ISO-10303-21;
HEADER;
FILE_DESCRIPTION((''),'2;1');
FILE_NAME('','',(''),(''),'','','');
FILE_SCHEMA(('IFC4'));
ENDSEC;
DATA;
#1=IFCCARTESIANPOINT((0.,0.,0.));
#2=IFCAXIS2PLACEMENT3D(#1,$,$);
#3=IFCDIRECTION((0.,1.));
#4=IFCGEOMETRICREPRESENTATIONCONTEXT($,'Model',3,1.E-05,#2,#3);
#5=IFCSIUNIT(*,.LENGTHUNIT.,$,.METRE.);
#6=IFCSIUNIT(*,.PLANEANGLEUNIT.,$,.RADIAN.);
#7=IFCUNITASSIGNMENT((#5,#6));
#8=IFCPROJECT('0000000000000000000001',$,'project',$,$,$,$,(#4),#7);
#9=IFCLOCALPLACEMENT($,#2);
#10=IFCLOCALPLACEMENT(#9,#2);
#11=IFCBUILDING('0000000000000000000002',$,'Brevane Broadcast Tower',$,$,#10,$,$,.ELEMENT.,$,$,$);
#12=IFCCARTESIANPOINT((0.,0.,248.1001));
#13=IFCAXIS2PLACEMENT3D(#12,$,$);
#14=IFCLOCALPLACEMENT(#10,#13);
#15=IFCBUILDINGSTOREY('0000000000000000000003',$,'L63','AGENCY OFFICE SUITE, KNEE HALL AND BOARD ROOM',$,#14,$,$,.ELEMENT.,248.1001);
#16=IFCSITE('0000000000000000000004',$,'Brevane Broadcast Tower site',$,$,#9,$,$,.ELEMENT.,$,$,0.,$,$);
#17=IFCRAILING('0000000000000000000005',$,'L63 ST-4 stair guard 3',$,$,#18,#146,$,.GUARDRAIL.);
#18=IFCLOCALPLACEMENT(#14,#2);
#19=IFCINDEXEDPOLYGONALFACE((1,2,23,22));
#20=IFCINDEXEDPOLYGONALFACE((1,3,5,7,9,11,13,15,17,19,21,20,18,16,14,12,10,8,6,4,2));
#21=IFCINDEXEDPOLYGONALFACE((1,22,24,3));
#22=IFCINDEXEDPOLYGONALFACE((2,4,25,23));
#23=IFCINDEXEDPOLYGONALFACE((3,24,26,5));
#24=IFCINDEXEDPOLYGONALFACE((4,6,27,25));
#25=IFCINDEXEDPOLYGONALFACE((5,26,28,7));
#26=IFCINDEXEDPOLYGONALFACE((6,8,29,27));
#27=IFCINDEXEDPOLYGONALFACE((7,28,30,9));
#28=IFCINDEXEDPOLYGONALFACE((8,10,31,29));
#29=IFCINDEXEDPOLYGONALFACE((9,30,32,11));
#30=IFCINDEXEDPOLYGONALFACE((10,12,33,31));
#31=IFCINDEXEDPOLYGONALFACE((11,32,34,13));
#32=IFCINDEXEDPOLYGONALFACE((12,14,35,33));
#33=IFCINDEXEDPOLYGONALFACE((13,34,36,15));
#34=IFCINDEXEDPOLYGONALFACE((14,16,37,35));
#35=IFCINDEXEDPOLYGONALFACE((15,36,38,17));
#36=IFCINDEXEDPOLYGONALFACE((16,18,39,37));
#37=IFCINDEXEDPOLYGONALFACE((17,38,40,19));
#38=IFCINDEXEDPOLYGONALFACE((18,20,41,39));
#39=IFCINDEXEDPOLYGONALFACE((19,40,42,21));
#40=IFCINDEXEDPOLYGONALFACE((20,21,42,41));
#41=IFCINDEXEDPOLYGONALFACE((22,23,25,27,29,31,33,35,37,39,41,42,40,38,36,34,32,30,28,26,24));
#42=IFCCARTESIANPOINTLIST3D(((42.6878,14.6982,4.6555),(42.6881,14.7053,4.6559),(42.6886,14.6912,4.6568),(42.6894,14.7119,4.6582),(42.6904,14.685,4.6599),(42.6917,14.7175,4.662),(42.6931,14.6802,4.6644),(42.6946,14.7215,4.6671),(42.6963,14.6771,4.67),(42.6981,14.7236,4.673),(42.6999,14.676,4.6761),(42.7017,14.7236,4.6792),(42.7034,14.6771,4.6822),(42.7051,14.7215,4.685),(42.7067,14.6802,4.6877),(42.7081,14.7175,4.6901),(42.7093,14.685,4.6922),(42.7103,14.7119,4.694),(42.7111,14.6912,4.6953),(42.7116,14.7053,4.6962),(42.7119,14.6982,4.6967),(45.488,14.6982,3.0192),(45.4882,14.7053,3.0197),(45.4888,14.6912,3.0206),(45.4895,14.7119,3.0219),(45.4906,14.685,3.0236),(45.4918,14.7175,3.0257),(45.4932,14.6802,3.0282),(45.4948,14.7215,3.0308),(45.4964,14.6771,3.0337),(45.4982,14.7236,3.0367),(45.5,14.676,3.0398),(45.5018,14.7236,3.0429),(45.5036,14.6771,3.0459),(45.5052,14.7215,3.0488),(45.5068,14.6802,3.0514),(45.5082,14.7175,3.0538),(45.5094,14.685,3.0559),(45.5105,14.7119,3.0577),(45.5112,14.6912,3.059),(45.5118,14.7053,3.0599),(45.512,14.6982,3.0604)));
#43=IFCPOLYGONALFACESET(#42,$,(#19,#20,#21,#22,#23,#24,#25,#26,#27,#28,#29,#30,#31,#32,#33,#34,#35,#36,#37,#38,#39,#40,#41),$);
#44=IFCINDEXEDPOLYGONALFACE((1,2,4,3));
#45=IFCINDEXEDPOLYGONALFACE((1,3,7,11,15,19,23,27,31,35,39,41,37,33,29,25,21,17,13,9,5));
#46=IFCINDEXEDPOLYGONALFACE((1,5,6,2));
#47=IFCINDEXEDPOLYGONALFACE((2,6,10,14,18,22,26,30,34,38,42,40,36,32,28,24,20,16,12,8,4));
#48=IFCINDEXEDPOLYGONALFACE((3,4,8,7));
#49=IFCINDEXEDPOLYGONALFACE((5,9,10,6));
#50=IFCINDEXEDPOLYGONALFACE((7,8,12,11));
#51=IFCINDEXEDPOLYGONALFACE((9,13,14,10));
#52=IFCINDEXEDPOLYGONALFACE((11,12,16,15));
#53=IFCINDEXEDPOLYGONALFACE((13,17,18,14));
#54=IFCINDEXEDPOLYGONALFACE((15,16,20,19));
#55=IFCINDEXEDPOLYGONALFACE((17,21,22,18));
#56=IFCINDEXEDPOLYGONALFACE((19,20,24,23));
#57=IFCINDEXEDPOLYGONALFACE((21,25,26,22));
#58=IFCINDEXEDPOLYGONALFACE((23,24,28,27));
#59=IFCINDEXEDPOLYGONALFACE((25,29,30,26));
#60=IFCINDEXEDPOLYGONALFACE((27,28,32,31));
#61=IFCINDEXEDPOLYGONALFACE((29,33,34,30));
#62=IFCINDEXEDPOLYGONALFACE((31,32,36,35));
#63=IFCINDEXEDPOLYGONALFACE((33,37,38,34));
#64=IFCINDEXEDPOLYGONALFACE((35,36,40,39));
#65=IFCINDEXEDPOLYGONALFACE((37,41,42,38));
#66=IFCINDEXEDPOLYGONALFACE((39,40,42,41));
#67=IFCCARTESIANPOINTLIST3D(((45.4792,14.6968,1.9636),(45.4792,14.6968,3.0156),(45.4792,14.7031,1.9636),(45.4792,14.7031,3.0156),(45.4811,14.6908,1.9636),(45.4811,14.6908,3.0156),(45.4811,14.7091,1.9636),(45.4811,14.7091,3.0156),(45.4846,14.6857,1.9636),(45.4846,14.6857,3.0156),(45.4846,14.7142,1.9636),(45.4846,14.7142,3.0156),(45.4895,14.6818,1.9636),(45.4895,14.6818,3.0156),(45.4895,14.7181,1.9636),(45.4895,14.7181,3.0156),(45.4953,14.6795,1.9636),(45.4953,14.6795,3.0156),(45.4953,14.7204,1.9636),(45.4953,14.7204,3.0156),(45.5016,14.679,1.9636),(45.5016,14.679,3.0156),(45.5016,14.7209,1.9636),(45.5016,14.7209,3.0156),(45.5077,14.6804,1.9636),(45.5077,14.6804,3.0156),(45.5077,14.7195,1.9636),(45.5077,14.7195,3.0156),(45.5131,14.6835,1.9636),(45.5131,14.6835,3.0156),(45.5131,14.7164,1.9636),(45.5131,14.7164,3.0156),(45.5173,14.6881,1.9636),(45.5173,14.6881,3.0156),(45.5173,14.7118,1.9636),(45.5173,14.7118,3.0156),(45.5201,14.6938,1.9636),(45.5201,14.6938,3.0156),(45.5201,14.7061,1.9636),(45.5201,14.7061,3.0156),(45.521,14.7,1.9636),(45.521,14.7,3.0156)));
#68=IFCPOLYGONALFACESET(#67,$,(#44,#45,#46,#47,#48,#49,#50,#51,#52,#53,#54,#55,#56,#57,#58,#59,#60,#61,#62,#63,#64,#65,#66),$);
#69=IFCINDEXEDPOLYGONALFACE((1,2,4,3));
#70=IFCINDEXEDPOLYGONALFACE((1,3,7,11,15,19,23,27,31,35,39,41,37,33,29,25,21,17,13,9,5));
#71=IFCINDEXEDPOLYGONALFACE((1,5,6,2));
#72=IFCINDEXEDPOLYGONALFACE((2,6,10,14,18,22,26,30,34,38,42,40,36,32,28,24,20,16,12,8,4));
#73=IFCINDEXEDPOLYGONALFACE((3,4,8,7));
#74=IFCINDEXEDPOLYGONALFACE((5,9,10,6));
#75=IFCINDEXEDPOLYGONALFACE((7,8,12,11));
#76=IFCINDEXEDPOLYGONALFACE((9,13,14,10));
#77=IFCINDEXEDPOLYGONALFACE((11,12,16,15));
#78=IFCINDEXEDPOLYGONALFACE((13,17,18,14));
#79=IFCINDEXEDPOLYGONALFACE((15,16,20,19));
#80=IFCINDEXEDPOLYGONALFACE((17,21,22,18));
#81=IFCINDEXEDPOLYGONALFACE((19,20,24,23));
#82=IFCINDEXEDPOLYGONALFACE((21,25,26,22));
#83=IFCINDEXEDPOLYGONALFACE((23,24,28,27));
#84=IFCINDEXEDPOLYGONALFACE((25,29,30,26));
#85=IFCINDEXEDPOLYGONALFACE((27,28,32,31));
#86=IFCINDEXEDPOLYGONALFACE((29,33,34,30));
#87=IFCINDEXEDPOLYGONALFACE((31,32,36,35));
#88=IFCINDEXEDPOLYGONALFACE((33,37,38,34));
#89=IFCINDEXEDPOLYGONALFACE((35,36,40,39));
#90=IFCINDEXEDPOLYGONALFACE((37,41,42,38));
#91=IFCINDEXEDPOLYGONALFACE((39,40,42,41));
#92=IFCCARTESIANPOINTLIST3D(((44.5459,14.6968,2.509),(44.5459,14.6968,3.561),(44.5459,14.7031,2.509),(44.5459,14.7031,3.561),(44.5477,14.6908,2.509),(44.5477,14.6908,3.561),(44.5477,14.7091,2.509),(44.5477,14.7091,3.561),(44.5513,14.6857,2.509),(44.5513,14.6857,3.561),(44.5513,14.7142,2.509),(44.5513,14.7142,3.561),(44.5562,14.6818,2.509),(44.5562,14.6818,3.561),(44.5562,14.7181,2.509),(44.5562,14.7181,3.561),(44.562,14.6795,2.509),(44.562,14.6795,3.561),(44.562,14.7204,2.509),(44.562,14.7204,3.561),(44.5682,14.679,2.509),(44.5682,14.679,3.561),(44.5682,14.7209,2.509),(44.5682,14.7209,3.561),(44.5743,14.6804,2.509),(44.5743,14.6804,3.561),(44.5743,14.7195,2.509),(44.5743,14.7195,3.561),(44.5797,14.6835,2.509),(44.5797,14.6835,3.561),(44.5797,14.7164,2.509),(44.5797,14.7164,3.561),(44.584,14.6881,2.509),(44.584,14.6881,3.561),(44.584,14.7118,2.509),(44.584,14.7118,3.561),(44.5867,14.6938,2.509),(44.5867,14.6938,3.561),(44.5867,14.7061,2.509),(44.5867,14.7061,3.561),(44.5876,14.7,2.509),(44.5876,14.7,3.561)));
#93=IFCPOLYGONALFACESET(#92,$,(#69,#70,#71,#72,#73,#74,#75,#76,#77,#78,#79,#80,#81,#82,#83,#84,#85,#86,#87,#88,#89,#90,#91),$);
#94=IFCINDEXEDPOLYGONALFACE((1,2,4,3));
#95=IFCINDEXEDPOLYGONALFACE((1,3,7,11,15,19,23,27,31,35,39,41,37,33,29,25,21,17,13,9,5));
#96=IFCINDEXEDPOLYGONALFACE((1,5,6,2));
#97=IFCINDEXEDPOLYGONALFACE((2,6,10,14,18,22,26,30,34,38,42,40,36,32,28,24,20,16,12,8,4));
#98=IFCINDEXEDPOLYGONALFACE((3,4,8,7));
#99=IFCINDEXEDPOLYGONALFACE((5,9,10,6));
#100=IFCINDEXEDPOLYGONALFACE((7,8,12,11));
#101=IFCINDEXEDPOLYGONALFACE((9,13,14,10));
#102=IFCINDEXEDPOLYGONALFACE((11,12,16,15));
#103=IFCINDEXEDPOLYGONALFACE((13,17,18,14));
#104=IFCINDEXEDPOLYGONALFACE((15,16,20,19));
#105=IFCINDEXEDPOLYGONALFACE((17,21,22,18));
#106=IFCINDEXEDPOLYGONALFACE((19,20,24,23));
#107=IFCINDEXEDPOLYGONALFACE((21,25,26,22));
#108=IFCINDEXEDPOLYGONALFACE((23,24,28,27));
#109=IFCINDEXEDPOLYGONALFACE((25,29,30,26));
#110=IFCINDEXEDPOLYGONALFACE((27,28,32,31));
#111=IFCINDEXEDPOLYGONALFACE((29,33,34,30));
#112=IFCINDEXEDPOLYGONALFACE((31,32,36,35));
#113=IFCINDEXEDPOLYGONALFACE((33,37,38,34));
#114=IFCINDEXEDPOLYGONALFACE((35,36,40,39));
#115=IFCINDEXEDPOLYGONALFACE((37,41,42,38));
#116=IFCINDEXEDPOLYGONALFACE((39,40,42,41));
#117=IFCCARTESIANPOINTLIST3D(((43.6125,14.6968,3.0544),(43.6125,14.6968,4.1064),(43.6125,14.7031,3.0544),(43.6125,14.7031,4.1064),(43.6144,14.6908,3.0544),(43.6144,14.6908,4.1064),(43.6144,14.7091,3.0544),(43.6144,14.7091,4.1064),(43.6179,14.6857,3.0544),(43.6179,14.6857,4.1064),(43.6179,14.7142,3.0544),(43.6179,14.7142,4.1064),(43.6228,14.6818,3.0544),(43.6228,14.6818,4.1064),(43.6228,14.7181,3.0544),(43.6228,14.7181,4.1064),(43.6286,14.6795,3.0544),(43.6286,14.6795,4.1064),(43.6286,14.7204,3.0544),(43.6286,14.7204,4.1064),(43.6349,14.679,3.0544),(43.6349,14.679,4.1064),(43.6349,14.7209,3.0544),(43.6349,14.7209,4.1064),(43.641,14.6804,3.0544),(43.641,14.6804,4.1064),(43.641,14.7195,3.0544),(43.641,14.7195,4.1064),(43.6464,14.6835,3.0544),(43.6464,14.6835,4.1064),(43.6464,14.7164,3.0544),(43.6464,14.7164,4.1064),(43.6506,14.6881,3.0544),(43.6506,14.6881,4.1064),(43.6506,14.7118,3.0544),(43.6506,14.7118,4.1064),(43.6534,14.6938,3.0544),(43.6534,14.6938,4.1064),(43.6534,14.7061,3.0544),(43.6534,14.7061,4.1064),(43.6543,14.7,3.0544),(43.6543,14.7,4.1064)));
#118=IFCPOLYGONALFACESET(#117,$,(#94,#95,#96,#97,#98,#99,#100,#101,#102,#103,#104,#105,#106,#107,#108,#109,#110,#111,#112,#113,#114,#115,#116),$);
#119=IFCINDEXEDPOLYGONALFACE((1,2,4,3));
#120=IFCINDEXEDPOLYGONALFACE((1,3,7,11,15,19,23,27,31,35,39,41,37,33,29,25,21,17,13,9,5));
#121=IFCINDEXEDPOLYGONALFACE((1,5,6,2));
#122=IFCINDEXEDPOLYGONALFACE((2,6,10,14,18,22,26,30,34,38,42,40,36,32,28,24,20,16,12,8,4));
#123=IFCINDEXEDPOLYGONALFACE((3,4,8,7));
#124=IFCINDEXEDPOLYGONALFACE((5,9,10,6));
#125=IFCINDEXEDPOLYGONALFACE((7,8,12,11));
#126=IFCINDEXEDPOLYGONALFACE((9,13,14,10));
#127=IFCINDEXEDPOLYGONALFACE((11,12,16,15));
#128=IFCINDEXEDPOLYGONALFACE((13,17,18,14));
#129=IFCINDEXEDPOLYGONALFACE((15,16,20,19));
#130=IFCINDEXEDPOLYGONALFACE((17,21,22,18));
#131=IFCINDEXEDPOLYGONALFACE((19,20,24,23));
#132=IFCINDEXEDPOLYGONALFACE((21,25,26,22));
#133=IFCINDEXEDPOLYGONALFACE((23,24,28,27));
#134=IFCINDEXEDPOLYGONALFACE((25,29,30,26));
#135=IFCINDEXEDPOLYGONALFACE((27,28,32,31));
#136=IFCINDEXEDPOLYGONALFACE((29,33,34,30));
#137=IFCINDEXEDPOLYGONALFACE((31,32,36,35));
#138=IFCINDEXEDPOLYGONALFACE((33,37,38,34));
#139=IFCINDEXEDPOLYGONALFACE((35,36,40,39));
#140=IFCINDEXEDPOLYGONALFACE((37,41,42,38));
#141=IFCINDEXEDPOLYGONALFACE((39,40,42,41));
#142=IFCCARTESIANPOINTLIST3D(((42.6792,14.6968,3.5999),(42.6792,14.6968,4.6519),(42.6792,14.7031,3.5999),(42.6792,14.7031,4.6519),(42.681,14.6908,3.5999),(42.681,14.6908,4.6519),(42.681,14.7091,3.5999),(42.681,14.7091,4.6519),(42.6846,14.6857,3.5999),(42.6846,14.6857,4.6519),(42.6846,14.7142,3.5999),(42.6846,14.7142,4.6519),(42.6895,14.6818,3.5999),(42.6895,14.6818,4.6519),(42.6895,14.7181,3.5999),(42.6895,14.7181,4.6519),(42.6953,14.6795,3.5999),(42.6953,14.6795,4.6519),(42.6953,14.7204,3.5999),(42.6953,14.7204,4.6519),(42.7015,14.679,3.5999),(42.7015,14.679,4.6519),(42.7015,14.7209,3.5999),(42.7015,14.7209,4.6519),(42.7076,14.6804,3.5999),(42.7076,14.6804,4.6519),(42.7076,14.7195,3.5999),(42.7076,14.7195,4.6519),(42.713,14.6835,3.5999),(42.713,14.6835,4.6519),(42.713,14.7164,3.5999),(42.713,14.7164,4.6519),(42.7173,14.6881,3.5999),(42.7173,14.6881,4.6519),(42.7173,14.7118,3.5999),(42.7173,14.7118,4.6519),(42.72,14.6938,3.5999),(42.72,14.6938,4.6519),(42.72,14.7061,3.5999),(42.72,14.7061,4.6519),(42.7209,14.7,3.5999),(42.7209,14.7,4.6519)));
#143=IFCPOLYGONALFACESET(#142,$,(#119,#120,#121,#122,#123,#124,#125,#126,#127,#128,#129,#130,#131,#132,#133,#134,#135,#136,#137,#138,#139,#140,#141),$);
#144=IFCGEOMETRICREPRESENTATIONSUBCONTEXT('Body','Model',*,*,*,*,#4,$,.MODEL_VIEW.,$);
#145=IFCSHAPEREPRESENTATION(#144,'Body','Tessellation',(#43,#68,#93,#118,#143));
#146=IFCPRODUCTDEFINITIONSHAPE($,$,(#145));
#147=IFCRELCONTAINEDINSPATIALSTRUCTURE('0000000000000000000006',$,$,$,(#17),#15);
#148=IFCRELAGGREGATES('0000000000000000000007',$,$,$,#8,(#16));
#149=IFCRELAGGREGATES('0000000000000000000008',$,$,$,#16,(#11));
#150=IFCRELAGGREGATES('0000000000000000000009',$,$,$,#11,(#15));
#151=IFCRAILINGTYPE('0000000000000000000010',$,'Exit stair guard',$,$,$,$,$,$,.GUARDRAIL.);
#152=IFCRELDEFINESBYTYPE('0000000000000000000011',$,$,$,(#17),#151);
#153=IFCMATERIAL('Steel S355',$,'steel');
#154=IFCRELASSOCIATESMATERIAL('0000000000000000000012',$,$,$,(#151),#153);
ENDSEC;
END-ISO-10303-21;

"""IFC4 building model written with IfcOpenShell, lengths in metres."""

from ifc_helpers import new_model, si_unit, direction, frame, origin, origin_2d, place, context, subcontext, project, spatial, circle, extrude, material, type_object, element, save


model = new_model("IFC4")

# Units and contexts
model_context = context("Model", 3, precision=1e-05, world=origin(), true_north=direction((0.0, 1.0)))
body_context = subcontext(model_context, "Body", "Model", "MODEL_VIEW")
ifc_project = project(units=[si_unit("LENGTHUNIT", "METRE"), si_unit("PLANEANGLEUNIT", "RADIAN")], contexts=[model_context])

# Site, building, storey
site_placement = place(None, origin())
site = spatial("IfcSite", under=ifc_project, at=site_placement, Name="Brevane Broadcast Tower site", CompositionType="ELEMENT", RefElevation=0.0)
building_placement = place(site_placement, origin())
building = spatial("IfcBuilding", under=site, at=building_placement, Name="Brevane Broadcast Tower", CompositionType="ELEMENT")
storey_placement = place(building_placement, frame((0.0, 0.0, 248.1001)))
storey = spatial("IfcBuildingStorey", under=building, at=storey_placement, Name="L63", Description="AGENCY OFFICE SUITE, KNEE HALL AND BOARD ROOM", CompositionType="ELEMENT", Elevation=248.1001)

# Railing
ifc_material_1 = material(Name="Steel S355", Category="steel")
railing_type_1 = type_object("IfcRailingType", Name="Exit stair guard", PredefinedType="GUARDRAIL", material=ifc_material_1)
railing_1_placement = place(storey_placement, frame((45.5, 14.7, 1.9636)))
element("IfcRailing", 1, at=railing_1_placement, inside=storey, type_object=railing_type_1, Name="L63 ST-4 stair guard 3", PredefinedType="GUARDRAIL", context=body_context, shape_type="SweptSolid", body=[
    extrude(circle(Radius=0.0239, at=origin_2d()), frame((0.0, 0.0, 1.0762), z_axis=(-0.863394, 0.0, 0.504531), x_axis=(0.0, -1.0, 0.0)), (0.0, 0.0, 1.0), 3.2432),
    extrude(circle(Radius=0.021, at=origin_2d()), origin(), (0.0, 0.0, 1.0), 1.052),
    extrude(circle(Radius=0.021, at=origin_2d()), frame((-0.9333, 0.0, 0.5454)), (0.0, 0.0, 1.0), 1.052),
    extrude(circle(Radius=0.021, at=origin_2d()), frame((-1.8667, 0.0, 1.0908)), (0.0, 0.0, 1.0), 1.052),
    extrude(circle(Radius=0.021, at=origin_2d()), frame((-2.8, 0.0, 1.6362)), (0.0, 0.0, 1.0), 1.052),
])

save(model, "model.ifc")
